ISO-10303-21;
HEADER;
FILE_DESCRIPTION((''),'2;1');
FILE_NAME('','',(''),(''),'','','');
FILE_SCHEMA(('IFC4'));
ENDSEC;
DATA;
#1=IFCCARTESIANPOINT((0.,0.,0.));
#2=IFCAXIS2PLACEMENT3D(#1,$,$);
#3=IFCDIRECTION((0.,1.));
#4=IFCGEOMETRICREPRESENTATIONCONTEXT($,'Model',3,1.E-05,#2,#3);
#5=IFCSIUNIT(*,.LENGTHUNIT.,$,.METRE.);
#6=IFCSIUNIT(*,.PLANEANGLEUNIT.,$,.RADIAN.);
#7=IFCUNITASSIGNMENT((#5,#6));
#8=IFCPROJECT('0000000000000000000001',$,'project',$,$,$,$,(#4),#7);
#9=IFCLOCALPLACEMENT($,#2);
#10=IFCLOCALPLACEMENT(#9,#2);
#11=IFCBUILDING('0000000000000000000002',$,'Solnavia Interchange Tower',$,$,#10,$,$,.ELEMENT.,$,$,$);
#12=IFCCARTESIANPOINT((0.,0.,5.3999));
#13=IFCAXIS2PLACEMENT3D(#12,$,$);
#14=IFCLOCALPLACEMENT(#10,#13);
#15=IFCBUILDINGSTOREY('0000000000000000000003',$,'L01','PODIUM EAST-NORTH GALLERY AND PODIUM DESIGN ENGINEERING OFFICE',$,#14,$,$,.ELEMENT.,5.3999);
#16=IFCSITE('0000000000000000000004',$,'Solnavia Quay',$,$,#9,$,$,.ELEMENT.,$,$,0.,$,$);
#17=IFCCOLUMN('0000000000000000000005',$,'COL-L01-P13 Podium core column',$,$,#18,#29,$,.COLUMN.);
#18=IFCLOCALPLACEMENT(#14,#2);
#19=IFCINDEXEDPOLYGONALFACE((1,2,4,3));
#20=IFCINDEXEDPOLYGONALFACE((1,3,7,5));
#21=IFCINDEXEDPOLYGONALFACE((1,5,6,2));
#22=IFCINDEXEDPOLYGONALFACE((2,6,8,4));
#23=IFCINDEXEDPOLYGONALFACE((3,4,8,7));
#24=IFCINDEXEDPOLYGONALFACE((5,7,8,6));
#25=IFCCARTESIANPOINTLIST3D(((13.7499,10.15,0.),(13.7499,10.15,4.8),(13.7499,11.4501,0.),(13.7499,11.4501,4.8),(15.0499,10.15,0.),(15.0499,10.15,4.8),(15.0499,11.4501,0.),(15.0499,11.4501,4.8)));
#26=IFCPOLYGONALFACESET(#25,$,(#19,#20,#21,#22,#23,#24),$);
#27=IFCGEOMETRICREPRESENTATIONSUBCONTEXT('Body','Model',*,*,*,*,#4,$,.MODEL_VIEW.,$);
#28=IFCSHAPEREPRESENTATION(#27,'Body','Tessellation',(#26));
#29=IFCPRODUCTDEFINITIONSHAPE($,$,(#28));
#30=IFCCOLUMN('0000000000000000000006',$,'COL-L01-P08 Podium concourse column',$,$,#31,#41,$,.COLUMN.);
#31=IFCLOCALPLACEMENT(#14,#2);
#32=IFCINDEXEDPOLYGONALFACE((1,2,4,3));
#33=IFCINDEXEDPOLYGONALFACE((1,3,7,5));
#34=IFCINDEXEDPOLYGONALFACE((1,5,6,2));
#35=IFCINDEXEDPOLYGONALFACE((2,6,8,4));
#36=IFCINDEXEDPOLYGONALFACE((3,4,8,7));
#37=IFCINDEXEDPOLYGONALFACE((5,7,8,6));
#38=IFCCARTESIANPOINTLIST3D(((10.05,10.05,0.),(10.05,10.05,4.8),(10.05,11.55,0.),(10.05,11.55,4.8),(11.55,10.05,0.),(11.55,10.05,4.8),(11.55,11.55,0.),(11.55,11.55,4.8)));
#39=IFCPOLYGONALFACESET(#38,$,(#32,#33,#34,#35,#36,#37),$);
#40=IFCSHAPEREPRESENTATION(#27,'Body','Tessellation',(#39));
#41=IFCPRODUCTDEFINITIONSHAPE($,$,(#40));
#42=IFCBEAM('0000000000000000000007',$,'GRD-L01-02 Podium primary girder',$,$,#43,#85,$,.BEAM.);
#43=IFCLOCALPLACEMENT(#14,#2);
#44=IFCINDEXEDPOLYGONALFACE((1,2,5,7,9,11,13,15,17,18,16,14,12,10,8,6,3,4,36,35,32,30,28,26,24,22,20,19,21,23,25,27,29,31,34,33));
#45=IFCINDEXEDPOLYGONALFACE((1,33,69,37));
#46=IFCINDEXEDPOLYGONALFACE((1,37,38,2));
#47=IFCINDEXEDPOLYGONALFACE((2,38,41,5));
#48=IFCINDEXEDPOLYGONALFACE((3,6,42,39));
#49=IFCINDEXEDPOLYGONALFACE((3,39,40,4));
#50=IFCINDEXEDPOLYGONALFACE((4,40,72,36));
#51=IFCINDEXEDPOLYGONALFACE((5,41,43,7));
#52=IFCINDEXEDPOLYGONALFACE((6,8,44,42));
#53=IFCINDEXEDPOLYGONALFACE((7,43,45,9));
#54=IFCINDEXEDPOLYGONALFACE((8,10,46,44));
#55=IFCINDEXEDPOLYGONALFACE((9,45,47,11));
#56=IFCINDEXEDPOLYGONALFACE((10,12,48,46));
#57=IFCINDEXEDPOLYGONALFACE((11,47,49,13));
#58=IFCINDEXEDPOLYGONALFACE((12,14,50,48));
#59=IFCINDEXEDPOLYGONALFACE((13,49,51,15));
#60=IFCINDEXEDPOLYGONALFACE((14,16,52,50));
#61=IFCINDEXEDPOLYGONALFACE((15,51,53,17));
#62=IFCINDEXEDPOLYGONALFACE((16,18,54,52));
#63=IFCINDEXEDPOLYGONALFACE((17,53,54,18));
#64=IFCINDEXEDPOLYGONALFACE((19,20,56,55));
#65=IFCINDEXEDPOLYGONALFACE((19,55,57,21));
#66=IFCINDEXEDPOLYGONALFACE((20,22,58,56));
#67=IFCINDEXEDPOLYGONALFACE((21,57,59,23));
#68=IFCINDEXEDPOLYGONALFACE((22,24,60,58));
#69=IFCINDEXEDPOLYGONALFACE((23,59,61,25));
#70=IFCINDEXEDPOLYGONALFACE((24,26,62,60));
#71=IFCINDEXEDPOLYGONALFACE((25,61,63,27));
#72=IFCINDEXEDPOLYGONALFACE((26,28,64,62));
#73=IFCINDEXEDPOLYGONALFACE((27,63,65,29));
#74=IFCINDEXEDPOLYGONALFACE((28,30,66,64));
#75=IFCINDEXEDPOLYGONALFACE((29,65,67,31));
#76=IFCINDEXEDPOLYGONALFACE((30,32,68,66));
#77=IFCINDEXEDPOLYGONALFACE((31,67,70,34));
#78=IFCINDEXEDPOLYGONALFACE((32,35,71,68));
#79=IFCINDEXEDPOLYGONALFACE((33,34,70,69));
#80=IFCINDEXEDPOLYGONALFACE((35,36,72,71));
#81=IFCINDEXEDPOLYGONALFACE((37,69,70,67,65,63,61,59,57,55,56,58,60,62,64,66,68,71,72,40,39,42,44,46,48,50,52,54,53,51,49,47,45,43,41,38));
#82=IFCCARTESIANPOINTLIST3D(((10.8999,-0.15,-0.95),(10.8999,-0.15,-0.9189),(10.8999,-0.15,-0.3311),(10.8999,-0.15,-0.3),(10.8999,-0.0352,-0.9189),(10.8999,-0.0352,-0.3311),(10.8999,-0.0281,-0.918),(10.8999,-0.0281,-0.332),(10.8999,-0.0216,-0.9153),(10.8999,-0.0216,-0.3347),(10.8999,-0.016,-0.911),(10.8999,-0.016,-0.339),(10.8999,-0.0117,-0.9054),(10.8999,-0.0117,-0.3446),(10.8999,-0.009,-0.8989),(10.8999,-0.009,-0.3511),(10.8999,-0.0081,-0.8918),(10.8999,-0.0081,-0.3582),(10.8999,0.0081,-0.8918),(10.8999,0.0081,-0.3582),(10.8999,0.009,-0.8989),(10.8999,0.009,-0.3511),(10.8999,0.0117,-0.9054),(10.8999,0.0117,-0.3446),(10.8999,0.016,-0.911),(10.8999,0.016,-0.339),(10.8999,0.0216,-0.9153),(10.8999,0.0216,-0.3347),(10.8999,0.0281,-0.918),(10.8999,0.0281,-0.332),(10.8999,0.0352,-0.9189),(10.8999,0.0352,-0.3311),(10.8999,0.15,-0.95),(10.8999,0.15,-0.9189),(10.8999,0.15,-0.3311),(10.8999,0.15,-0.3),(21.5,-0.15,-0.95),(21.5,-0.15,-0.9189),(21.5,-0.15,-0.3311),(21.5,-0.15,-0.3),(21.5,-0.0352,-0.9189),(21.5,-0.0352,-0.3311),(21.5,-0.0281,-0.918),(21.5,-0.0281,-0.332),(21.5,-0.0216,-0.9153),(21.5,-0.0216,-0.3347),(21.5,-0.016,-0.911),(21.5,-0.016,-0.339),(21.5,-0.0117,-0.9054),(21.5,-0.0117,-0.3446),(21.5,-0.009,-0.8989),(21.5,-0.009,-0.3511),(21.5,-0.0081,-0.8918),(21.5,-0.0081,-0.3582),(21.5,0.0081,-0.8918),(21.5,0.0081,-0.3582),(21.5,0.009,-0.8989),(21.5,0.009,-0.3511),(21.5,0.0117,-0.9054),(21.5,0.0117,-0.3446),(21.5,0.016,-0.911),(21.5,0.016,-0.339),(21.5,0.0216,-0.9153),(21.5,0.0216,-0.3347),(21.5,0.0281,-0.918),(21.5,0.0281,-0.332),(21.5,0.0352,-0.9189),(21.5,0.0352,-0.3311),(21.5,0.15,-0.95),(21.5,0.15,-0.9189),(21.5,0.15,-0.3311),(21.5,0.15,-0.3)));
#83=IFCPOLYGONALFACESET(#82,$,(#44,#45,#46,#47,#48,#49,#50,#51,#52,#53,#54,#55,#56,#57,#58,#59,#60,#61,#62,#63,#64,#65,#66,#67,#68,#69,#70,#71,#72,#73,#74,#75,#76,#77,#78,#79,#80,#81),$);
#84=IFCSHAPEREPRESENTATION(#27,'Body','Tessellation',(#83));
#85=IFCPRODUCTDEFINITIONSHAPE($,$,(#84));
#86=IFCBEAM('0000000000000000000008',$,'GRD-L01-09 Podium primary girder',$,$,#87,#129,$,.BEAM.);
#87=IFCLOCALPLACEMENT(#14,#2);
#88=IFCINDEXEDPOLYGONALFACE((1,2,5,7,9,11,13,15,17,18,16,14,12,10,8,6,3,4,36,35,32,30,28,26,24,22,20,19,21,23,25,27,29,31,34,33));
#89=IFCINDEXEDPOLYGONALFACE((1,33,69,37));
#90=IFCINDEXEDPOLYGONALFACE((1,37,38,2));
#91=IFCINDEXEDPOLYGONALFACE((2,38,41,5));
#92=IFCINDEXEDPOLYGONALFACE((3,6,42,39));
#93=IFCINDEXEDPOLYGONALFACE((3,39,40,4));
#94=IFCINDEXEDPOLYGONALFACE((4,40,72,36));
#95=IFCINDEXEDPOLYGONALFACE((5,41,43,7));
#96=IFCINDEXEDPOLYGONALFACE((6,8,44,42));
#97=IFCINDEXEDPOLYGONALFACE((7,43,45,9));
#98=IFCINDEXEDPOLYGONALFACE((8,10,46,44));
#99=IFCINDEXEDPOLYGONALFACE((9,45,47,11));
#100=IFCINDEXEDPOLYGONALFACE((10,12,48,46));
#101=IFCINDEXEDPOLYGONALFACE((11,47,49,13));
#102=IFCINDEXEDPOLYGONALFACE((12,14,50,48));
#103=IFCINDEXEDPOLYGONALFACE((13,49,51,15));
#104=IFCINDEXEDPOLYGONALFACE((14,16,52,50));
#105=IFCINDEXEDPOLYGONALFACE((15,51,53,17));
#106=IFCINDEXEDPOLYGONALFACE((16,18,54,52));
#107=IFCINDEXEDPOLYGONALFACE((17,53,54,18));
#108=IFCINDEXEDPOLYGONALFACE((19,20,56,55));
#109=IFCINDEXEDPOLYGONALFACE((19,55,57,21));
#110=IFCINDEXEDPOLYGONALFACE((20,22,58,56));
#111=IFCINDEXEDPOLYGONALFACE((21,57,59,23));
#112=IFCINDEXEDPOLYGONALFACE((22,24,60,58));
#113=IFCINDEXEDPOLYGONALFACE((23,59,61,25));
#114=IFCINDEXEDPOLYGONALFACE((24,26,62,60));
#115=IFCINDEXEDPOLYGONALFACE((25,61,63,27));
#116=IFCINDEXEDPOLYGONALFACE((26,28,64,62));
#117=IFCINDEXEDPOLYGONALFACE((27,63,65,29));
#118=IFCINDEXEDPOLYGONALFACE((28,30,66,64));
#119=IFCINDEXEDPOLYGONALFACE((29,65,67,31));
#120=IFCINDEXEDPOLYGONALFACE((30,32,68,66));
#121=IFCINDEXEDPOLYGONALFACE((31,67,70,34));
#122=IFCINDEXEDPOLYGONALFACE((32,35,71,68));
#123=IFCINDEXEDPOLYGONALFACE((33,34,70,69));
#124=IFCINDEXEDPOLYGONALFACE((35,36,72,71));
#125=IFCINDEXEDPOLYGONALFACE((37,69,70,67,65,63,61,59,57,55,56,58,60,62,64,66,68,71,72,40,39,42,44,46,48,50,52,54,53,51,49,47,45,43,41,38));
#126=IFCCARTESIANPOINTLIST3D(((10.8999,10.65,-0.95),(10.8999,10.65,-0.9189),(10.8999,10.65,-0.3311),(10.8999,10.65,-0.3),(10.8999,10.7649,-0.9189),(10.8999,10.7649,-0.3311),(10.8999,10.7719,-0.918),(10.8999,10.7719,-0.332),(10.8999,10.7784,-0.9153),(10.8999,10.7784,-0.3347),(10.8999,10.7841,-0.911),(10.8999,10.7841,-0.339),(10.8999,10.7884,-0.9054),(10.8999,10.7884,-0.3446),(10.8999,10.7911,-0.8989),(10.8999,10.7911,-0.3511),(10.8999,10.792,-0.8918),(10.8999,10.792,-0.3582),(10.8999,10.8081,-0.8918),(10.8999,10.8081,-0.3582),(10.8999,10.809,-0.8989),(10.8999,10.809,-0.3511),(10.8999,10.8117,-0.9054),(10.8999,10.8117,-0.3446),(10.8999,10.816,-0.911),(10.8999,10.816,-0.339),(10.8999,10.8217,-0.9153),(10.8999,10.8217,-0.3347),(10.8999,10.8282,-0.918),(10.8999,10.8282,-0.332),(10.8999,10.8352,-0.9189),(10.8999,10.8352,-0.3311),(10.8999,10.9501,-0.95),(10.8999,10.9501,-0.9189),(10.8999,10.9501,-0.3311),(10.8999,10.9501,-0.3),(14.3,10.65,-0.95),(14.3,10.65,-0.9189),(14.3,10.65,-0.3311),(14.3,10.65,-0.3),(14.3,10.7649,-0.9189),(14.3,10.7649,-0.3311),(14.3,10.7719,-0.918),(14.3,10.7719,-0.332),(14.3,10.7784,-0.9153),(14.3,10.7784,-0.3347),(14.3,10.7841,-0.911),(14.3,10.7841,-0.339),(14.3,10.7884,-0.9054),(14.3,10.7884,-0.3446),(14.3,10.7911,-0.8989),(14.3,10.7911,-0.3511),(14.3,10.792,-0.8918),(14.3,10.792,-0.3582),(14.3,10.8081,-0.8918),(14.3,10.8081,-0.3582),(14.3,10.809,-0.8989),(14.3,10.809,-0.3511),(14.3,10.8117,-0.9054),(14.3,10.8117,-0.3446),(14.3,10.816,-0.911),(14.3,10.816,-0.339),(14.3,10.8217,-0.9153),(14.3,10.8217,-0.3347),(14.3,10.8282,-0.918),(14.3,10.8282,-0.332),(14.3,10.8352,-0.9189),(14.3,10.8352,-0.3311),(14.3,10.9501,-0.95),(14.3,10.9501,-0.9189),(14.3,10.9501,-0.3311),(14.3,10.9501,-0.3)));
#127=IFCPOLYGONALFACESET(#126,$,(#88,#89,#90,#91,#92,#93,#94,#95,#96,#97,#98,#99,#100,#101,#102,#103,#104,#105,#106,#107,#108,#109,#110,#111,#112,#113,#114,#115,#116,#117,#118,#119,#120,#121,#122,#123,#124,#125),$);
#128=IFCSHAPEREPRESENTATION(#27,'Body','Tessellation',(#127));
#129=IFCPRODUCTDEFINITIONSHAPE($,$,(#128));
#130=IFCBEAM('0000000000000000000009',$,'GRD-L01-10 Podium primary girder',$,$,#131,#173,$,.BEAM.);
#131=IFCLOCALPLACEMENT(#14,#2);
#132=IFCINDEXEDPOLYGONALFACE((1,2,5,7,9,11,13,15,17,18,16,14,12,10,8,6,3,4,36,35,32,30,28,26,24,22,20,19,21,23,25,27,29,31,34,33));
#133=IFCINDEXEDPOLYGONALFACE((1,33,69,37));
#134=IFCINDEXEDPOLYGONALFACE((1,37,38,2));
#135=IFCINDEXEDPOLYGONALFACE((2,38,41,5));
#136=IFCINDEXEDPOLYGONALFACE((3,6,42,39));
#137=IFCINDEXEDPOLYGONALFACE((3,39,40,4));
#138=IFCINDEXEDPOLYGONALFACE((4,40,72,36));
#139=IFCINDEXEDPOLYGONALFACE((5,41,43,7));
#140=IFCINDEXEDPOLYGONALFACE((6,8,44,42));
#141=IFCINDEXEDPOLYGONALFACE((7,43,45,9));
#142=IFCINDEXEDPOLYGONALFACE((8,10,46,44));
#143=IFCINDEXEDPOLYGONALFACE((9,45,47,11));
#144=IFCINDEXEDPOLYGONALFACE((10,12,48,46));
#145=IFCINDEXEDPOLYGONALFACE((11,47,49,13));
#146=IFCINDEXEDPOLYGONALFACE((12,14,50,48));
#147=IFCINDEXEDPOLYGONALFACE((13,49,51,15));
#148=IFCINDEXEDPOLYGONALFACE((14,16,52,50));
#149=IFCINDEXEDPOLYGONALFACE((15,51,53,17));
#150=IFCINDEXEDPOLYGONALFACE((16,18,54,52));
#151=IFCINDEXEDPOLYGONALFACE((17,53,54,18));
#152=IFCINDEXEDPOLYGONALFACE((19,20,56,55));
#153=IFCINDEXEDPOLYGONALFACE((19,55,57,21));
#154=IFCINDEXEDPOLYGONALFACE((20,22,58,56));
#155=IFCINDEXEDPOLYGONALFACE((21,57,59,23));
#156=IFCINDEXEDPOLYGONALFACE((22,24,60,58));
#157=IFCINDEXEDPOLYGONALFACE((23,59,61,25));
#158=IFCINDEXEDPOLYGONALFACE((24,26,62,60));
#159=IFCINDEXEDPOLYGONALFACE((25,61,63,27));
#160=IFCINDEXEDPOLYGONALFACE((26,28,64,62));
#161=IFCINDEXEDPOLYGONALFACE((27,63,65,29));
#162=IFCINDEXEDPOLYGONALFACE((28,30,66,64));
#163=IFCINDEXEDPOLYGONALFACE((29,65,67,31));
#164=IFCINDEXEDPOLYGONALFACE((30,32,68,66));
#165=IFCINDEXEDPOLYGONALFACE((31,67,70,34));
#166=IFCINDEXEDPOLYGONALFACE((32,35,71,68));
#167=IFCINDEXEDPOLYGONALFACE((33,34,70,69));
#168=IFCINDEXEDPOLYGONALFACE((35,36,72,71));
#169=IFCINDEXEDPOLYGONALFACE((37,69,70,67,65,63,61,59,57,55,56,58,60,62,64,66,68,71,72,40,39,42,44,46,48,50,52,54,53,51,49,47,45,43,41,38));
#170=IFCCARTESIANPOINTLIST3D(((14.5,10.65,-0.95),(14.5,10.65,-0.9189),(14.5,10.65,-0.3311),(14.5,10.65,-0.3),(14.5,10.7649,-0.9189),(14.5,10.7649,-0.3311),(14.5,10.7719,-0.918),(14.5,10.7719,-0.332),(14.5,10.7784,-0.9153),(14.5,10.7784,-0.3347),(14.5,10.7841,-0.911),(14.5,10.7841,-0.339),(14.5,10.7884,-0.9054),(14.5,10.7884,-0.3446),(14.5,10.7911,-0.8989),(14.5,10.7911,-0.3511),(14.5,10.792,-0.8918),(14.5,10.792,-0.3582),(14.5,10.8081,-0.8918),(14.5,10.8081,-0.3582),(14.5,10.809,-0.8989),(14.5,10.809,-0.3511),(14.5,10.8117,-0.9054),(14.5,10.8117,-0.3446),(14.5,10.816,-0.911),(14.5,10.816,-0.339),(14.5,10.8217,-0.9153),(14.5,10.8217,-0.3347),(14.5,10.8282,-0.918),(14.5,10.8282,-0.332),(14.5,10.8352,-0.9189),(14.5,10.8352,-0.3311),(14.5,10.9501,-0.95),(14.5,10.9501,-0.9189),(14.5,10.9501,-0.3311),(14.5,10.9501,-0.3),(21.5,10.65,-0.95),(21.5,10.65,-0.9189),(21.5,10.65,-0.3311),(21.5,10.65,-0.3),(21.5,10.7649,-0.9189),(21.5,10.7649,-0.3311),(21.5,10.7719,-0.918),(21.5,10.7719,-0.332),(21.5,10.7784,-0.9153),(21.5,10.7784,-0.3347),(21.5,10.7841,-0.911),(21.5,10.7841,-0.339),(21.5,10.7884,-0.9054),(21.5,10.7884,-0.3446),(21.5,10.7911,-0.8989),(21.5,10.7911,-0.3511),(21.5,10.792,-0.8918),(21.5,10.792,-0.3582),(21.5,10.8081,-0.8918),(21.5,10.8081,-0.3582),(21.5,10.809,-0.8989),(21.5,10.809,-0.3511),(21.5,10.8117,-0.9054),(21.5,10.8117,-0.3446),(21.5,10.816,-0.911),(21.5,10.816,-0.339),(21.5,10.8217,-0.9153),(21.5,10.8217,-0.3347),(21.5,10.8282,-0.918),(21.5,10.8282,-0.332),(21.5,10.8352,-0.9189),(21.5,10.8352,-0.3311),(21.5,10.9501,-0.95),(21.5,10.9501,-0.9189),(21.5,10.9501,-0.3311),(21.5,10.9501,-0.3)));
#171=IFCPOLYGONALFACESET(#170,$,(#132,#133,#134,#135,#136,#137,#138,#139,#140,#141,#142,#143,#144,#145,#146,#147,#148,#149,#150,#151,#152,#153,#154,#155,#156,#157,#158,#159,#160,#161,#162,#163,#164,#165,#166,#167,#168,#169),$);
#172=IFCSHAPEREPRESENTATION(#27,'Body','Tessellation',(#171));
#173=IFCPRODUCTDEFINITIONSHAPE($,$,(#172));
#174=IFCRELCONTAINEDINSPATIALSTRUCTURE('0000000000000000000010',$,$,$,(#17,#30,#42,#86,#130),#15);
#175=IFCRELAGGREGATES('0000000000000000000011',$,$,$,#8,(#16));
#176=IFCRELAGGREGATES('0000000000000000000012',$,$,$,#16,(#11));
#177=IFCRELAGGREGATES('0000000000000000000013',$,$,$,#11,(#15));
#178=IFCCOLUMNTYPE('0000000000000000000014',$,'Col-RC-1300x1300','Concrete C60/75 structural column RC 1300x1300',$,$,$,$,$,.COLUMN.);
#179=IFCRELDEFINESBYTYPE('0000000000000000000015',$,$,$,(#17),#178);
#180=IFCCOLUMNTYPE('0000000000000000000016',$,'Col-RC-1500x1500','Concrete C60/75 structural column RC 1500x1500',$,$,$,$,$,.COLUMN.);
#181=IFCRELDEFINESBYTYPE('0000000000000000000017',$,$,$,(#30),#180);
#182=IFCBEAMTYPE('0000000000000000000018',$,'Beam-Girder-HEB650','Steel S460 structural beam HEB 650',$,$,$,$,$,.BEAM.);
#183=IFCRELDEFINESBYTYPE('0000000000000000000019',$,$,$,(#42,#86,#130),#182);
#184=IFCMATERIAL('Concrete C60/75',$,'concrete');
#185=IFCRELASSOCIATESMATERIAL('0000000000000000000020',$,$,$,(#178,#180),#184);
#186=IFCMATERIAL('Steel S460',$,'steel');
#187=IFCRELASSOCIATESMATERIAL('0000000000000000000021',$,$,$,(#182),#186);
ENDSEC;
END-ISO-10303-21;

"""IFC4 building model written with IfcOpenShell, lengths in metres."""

from ifc_helpers import new_model, si_unit, direction, frame, origin, origin_2d, place, context, subcontext, project, spatial, rectangle, i_section, extrude, material, material_profile, profile_set, type_object, element, save


model = new_model("IFC4")

# Units and contexts
model_context = context("Model", 3, precision=1e-05, world=origin(), true_north=direction((0.0, 1.0)))
body_context = subcontext(model_context, "Body", "Model", "MODEL_VIEW")
ifc_project = project(units=[si_unit("LENGTHUNIT", "METRE"), si_unit("PLANEANGLEUNIT", "RADIAN")], contexts=[model_context])

# Site, building, storey
site_placement = place(None, origin())
site = spatial("IfcSite", under=ifc_project, at=site_placement, Name="Solnavia Quay", CompositionType="ELEMENT", RefElevation=0.0)
building_placement = place(site_placement, origin())
building = spatial("IfcBuilding", under=site, at=building_placement, Name="Solnavia Interchange Tower", CompositionType="ELEMENT")
storey_placement = place(building_placement, frame((0.0, 0.0, 5.3999)))
storey = spatial("IfcBuildingStorey", under=building, at=storey_placement, Name="L01", Description="PODIUM EAST-NORTH GALLERY AND PODIUM DESIGN ENGINEERING OFFICE", CompositionType="ELEMENT", Elevation=5.3999)

# Columns
ifc_material_1 = material(Name="Concrete C60/75", Category="concrete")
ifc_material_profile_1 = material_profile(ifc_material_1, rectangle(XDim=1.3, YDim=1.3, at=origin_2d()), Name="RC 1300x1300")
ifc_profile_set_1 = profile_set([ifc_material_profile_1], Name="Concrete C60/75")
column_type_1 = type_object("IfcColumnType", Name="Col-RC-1300x1300", Description="Concrete C60/75 structural column RC 1300x1300", PredefinedType="COLUMN", material=ifc_profile_set_1)
column_1_placement = place(storey_placement, frame((14.3999, 10.8, 0.0), z_axis=(0.0, 0.0, 1.0), x_axis=(1.0, 0.0, 0.0)))
element("IfcColumn", 1, at=column_1_placement, inside=storey, type_object=column_type_1, Name="COL-L01-P13 Podium core column", PredefinedType="COLUMN", context=body_context, shape_type="SweptSolid", body=[
    extrude(rectangle(XDim=1.3, YDim=1.3, at=origin_2d()), origin(), (0.0, 0.0, 1.0), 4.8),
])
ifc_material_profile_2 = material_profile(ifc_material_1, rectangle(XDim=1.5, YDim=1.5, at=origin_2d()), Name="RC 1500x1500")
ifc_profile_set_2 = profile_set([ifc_material_profile_2], Name="Concrete C60/75")
column_type_2 = type_object("IfcColumnType", Name="Col-RC-1500x1500", Description="Concrete C60/75 structural column RC 1500x1500", PredefinedType="COLUMN", material=ifc_profile_set_2)
column_2_placement = place(storey_placement, frame((10.8, 10.8, 0.0), z_axis=(0.0, 0.0, 1.0), x_axis=(1.0, 0.0, 0.0)))
element("IfcColumn", 2, at=column_2_placement, inside=storey, type_object=column_type_2, Name="COL-L01-P08 Podium concourse column", PredefinedType="COLUMN", context=body_context, shape_type="SweptSolid", body=[
    extrude(rectangle(XDim=1.5, YDim=1.5, at=origin_2d()), origin(), (0.0, 0.0, 1.0), 4.8),
])

# Beams
ifc_material_2 = material(Name="Steel S460", Category="steel")
ifc_material_profile_3 = material_profile(ifc_material_2, i_section(OverallWidth=0.3, OverallDepth=0.6499, WebThickness=0.0161, FlangeThickness=0.031, FilletRadius=0.0271, at=origin_2d()), Name="HEB 650")
ifc_profile_set_3 = profile_set([ifc_material_profile_3], Name="Steel S460")
beam_type = type_object("IfcBeamType", Name="Beam-Girder-HEB650", Description="Steel S460 structural beam HEB 650", PredefinedType="BEAM", material=ifc_profile_set_3)
beam_1_placement = place(storey_placement, frame((10.8999, 0.0, -0.625), z_axis=(1.0, 0.0, 0.0), x_axis=(0.0, 1.0, 0.0)))
element("IfcBeam", 3, at=beam_1_placement, inside=storey, type_object=beam_type, Name="GRD-L01-02 Podium primary girder", PredefinedType="BEAM", context=body_context, shape_type="SweptSolid", body=[
    extrude(i_section(OverallWidth=0.3, OverallDepth=0.6499, WebThickness=0.0161, FlangeThickness=0.031, FilletRadius=0.0271, at=origin_2d()), origin(), (0.0, 0.0, 1.0), 10.6001),
])
beam_2_placement = place(storey_placement, frame((10.8999, 10.8, -0.625), z_axis=(1.0, 0.0, 0.0), x_axis=(0.0, 1.0, 0.0)))
element("IfcBeam", 4, at=beam_2_placement, inside=storey, type_object=beam_type, Name="GRD-L01-09 Podium primary girder", PredefinedType="BEAM", context=body_context, shape_type="SweptSolid", body=[
    extrude(i_section(OverallWidth=0.3, OverallDepth=0.6499, WebThickness=0.0161, FlangeThickness=0.031, FilletRadius=0.0271, at=origin_2d()), origin(), (0.0, 0.0, 1.0), 3.4001),
])
beam_3_placement = place(storey_placement, frame((14.5, 10.8, -0.625), z_axis=(1.0, 0.0, 0.0), x_axis=(0.0, 1.0, 0.0)))
element("IfcBeam", 5, at=beam_3_placement, inside=storey, type_object=beam_type, Name="GRD-L01-10 Podium primary girder", PredefinedType="BEAM", context=body_context, shape_type="SweptSolid", body=[
    extrude(i_section(OverallWidth=0.3, OverallDepth=0.6499, WebThickness=0.0161, FlangeThickness=0.031, FilletRadius=0.0271, at=origin_2d()), origin(), (0.0, 0.0, 1.0), 7.0),
])

save(model, "model.ifc")
